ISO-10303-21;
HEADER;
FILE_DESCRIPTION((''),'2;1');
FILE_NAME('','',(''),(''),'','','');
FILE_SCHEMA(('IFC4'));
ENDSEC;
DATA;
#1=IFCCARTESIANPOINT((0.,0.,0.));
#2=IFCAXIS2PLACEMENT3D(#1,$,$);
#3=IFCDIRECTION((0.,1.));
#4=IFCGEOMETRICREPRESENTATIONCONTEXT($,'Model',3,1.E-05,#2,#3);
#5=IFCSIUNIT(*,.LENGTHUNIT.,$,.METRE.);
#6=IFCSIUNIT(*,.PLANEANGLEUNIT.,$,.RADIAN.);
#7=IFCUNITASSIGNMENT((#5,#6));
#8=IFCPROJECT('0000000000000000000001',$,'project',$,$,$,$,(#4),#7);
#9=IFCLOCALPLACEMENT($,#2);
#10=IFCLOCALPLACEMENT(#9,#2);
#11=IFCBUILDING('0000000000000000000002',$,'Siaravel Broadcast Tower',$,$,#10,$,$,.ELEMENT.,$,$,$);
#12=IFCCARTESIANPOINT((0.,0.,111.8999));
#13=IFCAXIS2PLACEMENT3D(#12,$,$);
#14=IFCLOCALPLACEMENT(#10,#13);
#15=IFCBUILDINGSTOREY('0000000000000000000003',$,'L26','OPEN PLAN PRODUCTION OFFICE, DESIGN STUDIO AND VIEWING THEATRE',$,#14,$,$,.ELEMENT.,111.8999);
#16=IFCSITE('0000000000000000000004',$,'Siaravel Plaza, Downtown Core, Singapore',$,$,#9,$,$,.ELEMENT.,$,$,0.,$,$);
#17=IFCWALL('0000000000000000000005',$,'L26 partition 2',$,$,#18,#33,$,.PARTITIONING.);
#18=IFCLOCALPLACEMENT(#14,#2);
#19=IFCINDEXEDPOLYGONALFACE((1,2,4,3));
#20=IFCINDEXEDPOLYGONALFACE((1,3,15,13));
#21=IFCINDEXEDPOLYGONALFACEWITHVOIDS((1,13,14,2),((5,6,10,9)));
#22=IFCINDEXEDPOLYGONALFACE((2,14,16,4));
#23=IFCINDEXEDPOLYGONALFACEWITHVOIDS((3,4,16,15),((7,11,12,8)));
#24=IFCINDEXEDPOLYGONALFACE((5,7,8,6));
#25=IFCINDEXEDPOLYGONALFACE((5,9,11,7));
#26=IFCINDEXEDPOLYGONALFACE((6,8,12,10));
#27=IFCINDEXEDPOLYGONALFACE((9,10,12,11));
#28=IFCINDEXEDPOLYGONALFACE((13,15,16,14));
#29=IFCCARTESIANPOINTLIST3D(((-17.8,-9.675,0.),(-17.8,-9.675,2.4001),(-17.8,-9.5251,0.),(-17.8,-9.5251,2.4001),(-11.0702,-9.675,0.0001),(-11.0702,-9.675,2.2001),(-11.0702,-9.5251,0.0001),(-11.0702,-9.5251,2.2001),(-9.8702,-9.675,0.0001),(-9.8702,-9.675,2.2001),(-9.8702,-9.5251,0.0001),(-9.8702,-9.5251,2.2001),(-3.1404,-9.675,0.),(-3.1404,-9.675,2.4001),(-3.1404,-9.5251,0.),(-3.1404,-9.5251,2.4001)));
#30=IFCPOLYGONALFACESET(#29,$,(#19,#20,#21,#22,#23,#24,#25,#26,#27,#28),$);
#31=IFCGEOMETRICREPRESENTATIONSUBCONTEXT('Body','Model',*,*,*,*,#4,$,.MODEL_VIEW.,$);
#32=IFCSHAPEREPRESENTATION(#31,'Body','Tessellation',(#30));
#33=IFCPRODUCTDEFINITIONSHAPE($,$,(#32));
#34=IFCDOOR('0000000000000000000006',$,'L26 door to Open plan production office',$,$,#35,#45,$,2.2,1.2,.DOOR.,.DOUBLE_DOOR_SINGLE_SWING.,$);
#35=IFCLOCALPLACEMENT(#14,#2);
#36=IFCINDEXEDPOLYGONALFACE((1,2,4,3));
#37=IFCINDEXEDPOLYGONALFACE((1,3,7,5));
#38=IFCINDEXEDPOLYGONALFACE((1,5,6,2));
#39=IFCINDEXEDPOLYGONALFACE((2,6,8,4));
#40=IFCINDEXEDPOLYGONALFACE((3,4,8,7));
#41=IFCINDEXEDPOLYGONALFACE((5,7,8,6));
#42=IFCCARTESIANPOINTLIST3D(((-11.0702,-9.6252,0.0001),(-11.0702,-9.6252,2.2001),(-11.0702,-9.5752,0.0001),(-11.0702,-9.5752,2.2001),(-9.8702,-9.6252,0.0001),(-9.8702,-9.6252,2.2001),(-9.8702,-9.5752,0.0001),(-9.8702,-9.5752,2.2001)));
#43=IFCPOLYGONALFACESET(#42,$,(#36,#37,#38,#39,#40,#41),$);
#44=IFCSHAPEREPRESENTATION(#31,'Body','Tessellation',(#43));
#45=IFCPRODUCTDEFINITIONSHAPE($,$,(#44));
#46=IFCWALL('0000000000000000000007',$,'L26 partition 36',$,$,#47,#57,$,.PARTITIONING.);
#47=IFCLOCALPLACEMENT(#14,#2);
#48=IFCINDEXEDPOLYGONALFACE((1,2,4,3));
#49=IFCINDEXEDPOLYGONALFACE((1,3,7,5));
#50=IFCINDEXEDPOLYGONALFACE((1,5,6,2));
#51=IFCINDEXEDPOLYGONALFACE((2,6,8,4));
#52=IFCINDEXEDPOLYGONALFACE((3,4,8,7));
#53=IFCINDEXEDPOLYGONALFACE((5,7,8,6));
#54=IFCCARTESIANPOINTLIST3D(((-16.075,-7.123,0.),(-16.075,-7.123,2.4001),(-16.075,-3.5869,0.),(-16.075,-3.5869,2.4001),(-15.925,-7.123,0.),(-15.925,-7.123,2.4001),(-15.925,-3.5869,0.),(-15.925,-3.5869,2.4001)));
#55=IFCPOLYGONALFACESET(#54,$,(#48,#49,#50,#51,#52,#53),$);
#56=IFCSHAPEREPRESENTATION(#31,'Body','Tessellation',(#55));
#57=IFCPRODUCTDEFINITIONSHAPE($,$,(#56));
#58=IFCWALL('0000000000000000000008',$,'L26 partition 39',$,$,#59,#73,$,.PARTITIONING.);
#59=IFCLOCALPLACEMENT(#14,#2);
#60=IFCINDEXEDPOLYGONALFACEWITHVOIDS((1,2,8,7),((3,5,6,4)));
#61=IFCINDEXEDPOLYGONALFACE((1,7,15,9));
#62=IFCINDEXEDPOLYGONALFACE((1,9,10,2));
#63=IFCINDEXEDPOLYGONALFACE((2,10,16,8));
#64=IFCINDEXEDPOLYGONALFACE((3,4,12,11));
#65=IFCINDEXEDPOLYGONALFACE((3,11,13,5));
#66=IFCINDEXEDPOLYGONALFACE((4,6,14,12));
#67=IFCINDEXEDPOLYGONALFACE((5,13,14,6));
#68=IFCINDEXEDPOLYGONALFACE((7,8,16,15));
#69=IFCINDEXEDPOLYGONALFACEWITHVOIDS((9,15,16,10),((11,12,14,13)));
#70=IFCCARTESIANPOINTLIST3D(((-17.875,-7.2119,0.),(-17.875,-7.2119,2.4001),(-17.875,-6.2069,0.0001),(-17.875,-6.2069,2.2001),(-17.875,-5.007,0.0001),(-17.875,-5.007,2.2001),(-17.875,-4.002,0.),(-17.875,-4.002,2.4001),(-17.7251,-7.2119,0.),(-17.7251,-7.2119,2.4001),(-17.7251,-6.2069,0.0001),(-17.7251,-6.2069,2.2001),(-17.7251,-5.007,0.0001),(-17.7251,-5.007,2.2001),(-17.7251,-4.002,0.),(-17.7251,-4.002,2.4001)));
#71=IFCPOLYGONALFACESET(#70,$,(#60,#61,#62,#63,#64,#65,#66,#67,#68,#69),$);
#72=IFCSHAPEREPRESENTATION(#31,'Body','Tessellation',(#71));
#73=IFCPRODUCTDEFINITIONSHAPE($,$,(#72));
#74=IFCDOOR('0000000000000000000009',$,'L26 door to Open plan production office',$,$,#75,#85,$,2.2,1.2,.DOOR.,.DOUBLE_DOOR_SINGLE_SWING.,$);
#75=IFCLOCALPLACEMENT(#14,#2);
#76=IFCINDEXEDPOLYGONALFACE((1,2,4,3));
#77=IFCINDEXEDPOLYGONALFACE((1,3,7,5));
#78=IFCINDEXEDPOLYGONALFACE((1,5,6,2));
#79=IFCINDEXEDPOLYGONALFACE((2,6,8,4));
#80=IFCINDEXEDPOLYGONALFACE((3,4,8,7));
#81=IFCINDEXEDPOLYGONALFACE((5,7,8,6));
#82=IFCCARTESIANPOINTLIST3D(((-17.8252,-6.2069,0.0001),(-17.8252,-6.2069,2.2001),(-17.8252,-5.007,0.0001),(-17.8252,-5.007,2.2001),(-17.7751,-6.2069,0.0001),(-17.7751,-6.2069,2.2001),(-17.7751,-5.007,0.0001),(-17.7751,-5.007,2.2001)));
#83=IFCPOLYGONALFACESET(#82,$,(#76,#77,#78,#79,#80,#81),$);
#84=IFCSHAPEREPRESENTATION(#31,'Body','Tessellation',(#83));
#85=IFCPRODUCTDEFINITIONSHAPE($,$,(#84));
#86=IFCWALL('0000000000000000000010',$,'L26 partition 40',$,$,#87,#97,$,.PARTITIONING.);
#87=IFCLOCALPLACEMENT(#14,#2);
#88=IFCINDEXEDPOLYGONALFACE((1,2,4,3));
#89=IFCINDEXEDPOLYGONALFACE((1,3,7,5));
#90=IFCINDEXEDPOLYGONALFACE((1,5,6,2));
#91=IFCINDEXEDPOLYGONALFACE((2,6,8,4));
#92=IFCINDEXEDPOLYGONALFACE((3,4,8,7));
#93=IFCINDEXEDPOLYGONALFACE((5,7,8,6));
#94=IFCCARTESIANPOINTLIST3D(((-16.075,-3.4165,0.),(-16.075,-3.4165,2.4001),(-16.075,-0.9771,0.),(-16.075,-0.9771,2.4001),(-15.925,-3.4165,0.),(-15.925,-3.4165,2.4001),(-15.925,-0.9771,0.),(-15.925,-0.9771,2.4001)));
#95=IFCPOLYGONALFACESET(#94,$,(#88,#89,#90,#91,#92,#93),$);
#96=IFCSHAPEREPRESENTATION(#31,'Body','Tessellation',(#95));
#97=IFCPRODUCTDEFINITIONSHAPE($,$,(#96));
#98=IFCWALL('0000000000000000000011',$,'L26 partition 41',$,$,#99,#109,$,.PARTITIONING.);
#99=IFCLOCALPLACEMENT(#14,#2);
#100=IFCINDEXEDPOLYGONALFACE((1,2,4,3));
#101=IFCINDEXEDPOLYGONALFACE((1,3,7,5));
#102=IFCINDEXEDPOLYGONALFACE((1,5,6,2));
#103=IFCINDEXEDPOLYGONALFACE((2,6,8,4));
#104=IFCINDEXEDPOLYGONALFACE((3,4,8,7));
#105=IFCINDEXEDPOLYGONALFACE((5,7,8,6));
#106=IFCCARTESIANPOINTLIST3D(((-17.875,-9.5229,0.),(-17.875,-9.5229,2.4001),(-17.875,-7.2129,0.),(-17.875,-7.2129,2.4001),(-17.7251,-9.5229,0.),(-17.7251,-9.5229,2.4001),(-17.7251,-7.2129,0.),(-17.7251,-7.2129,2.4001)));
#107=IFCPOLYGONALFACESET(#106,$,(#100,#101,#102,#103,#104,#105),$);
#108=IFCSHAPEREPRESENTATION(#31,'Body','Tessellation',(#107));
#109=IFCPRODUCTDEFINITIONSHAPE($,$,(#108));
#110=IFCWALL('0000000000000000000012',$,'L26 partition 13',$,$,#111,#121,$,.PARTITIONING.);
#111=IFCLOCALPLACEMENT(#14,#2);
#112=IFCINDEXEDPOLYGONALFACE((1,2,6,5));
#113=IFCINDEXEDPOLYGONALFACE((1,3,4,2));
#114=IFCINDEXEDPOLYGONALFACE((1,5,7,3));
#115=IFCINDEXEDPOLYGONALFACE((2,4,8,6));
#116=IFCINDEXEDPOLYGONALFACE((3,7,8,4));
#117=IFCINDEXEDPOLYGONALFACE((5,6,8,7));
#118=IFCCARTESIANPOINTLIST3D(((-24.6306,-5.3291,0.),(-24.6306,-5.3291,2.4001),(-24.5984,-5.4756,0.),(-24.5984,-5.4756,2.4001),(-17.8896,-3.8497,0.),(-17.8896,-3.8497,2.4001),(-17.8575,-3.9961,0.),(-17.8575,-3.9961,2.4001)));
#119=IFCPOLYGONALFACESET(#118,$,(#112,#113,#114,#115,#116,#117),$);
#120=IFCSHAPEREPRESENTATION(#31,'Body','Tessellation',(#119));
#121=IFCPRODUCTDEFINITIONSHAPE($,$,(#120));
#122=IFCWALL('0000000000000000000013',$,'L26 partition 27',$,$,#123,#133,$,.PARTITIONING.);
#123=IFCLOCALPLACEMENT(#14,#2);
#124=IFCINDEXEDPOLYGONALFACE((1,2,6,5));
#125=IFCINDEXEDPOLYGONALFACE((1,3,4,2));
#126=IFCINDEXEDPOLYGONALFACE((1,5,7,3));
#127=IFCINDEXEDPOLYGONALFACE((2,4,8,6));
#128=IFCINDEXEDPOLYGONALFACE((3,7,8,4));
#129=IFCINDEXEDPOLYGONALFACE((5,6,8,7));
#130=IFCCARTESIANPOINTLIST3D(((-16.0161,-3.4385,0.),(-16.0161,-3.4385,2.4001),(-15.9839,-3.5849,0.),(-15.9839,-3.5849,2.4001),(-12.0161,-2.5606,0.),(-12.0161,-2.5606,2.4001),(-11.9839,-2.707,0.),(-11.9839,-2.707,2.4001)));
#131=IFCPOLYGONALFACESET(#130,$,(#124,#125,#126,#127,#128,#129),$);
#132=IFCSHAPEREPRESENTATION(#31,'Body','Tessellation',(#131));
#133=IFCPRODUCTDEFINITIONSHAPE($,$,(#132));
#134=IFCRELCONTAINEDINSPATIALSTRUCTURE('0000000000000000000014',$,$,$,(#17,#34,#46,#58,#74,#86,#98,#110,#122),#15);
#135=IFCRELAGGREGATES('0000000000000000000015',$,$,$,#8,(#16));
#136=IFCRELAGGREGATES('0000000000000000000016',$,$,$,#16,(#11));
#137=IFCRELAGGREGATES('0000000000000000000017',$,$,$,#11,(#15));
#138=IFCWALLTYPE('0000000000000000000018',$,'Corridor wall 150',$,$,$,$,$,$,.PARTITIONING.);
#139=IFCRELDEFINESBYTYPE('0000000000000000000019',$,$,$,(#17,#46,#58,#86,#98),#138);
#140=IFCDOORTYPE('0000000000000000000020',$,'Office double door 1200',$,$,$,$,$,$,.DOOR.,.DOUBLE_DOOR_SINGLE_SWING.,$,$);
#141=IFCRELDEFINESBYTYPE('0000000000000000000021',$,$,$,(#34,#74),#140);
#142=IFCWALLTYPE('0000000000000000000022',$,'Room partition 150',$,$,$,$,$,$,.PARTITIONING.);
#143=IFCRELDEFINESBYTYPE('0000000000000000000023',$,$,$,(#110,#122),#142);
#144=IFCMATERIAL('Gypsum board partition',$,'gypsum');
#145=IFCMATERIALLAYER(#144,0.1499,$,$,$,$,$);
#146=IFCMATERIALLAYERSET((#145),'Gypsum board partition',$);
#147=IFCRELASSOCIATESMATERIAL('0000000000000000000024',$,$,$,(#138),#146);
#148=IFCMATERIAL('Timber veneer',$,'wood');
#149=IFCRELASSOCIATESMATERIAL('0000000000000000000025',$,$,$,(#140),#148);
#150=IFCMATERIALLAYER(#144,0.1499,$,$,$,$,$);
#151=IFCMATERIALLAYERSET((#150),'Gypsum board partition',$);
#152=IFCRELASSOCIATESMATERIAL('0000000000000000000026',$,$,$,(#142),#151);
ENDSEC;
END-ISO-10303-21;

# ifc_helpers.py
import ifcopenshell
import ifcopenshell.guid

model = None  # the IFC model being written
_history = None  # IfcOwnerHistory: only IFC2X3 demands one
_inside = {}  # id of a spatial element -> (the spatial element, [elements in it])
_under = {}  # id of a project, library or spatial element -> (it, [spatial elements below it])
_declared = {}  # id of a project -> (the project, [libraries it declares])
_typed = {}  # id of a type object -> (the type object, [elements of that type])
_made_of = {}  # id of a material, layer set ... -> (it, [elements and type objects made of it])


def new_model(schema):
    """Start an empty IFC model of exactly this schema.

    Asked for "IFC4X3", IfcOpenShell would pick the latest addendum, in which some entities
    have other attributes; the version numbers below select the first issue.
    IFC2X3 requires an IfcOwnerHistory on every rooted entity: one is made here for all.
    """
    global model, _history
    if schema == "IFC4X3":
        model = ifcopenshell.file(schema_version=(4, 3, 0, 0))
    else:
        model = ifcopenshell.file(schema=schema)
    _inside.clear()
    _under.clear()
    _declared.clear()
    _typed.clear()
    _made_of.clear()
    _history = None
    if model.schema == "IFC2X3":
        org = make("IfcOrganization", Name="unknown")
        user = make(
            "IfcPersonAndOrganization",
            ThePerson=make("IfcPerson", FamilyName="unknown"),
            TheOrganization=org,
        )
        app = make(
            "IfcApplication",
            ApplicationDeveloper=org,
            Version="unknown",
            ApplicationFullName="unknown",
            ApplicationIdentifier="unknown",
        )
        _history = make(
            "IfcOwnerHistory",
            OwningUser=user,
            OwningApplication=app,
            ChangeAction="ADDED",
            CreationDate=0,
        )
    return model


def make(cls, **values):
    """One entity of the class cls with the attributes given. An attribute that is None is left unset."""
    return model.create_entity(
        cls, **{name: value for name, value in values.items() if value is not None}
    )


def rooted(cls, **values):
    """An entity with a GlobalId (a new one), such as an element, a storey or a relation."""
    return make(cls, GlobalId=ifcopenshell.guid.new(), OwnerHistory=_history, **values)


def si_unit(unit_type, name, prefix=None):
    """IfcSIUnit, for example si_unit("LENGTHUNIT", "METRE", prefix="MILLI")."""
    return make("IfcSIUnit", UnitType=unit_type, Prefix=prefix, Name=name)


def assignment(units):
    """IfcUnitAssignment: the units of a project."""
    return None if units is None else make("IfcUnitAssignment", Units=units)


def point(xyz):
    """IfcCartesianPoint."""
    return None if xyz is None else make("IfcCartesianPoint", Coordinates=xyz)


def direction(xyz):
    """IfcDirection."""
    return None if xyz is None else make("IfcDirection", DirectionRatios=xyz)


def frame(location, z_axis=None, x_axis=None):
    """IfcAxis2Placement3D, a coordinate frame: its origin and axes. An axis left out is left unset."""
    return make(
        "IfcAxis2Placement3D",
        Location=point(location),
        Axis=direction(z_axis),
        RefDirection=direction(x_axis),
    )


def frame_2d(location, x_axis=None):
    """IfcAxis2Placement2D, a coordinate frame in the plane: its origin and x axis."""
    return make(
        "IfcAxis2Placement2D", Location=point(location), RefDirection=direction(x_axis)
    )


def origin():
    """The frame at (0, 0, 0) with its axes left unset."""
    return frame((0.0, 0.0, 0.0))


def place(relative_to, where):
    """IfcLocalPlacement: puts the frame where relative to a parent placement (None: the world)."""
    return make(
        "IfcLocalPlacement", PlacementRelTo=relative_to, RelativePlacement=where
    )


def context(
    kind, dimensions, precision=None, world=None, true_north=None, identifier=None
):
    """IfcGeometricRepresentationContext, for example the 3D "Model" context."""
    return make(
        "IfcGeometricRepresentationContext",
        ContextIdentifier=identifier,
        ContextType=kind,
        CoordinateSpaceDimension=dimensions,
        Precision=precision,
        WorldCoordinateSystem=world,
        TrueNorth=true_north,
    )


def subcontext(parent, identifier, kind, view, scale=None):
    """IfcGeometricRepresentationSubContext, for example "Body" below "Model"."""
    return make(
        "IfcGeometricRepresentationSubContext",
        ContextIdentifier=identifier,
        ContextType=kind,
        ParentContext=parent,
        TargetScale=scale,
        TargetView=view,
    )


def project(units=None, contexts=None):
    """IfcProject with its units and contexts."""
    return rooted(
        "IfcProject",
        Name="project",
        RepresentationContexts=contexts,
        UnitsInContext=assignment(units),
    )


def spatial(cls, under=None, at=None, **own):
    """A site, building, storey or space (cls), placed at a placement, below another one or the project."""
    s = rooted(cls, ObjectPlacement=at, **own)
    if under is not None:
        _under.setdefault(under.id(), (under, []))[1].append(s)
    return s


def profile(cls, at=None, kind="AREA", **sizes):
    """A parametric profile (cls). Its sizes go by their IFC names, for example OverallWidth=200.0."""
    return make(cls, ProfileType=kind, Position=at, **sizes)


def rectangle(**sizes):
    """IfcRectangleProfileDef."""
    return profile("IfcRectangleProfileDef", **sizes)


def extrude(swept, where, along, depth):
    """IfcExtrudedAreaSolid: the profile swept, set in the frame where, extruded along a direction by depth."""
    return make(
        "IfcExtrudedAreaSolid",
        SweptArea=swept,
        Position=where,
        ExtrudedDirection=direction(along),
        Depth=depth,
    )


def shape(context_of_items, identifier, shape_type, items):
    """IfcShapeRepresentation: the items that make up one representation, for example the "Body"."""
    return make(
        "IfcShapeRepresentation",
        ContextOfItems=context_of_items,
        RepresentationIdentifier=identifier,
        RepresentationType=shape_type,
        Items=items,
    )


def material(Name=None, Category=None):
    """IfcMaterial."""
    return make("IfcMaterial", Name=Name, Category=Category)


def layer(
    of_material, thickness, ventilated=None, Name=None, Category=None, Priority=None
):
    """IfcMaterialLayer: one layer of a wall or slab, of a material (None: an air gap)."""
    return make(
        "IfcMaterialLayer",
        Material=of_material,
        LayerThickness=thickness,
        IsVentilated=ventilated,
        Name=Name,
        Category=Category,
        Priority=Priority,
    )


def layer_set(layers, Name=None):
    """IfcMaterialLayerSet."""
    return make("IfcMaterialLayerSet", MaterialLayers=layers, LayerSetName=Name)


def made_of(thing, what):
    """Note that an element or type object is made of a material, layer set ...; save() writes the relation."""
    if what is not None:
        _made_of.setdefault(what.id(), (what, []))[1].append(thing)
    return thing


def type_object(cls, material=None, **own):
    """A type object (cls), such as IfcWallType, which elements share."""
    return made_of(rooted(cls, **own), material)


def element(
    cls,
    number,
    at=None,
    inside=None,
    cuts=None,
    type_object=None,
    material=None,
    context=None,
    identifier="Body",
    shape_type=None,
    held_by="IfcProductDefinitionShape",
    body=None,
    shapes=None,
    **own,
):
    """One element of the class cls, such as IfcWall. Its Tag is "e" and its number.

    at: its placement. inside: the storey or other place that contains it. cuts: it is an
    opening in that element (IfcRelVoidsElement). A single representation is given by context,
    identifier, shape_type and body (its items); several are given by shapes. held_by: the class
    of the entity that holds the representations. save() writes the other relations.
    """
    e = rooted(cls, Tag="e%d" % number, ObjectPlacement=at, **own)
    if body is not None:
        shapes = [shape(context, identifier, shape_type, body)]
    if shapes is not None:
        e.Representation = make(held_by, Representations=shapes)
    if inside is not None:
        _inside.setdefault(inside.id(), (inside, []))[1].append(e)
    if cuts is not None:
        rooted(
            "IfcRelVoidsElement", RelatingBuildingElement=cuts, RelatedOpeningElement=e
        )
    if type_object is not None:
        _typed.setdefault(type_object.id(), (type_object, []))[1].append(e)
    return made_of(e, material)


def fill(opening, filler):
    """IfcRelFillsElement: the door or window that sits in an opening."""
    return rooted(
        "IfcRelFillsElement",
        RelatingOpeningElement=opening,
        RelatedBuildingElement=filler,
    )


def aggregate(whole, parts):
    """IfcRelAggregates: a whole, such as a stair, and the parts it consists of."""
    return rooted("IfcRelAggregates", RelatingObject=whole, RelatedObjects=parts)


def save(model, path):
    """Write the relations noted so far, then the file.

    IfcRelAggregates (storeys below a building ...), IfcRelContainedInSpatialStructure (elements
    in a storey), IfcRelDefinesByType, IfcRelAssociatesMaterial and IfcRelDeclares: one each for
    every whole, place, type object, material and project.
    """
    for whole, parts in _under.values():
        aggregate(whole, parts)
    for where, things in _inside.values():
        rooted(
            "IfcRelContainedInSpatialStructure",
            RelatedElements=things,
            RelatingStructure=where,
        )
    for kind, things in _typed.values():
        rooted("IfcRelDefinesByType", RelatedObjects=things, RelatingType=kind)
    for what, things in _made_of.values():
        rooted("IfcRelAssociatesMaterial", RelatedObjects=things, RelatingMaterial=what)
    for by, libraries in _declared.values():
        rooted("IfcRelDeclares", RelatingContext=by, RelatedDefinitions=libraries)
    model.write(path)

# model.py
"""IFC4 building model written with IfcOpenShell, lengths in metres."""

from ifc_helpers import new_model, si_unit, direction, frame, frame_2d, origin, place, context, subcontext, project, spatial, rectangle, extrude, material, layer, layer_set, type_object, element, fill, save


model = new_model("IFC4")

# Units and contexts
model_context = context("Model", 3, precision=1e-05, world=origin(), true_north=direction((0.0, 1.0)))
body_context = subcontext(model_context, "Body", "Model", "MODEL_VIEW")
ifc_project = project(units=[si_unit("LENGTHUNIT", "METRE"), si_unit("PLANEANGLEUNIT", "RADIAN")], contexts=[model_context])

# Site, building, storey
site_placement = place(None, origin())
site = spatial("IfcSite", under=ifc_project, at=site_placement, Name="Siaravel Plaza, Downtown Core, Singapore", CompositionType="ELEMENT", RefElevation=0.0)
building_placement = place(site_placement, origin())
building = spatial("IfcBuilding", under=site, at=building_placement, Name="Siaravel Broadcast Tower", CompositionType="ELEMENT")
storey_placement = place(building_placement, frame((0.0, 0.0, 111.8999)))
storey = spatial("IfcBuildingStorey", under=building, at=storey_placement, Name="L26", Description="OPEN PLAN PRODUCTION OFFICE, DESIGN STUDIO AND VIEWING THEATRE", CompositionType="ELEMENT", Elevation=111.8999)

# Wall, opening, door
ifc_material_1 = material(Name="Gypsum board partition", Category="gypsum")
ifc_layer_1 = layer(ifc_material_1, 0.1499)
ifc_layer_set_1 = layer_set([ifc_layer_1], Name="Gypsum board partition")
wall_type_1 = type_object("IfcWallType", Name="Corridor wall 150", PredefinedType="PARTITIONING", material=ifc_layer_set_1)
wall_1_placement = place(storey_placement, frame((-17.8, -9.6001, 0.0), z_axis=(0.0, 0.0, 1.0), x_axis=(1.0, 0.0, 0.0)))
wall_1 = element("IfcWall", 1, at=wall_1_placement, inside=storey, type_object=wall_type_1, Name="L26 partition 2", PredefinedType="PARTITIONING", context=body_context, shape_type="SweptSolid", body=[
    extrude(rectangle(XDim=14.6597, YDim=0.1499, at=frame_2d((7.3298, 0.0))), origin(), (0.0, 0.0, 1.0), 2.4001),
])
opening_1_placement = place(wall_1_placement, frame((6.7297, 0.0, 0.0)))
opening_1 = element("IfcOpeningElement", 2, at=opening_1_placement, cuts=wall_1, PredefinedType="OPENING", context=body_context, shape_type="SweptSolid", body=[
    extrude(rectangle(XDim=1.2, YDim=2.2, at=frame_2d((0.6001, 1.1001))), frame((0.0, 0.085, 0.0), z_axis=(0.0, -1.0, 0.0), x_axis=(1.0, 0.0, 0.0)), (0.0, 0.0, 1.0), 0.1699),
])
ifc_material_2 = material(Name="Timber veneer", Category="wood")
door_type = type_object("IfcDoorType", Name="Office double door 1200", OperationType="DOUBLE_DOOR_SINGLE_SWING", PredefinedType="DOOR", material=ifc_material_2)
door_1_placement = place(opening_1_placement, origin())
door_1 = element("IfcDoor", 3, at=door_1_placement, inside=storey, type_object=door_type, Name="L26 door to Open plan production office", OperationType="DOUBLE_DOOR_SINGLE_SWING", OverallHeight=2.2, OverallWidth=1.2, PredefinedType="DOOR", context=body_context, shape_type="SweptSolid", body=[
    extrude(rectangle(XDim=1.2, YDim=2.2, at=frame_2d((0.6001, 1.1001))), frame((0.0, 0.0249, 0.0), z_axis=(0.0, -1.0, 0.0), x_axis=(1.0, 0.0, 0.0)), (0.0, 0.0, 1.0), 0.05),
])
fill(opening_1, door_1)

# Wall
wall_2_placement = place(storey_placement, frame((-16.0, -7.123, 0.0), z_axis=(0.0, 0.0, 1.0), x_axis=(0.0, 1.0, 0.0)))
element("IfcWall", 4, at=wall_2_placement, inside=storey, type_object=wall_type_1, Name="L26 partition 36", PredefinedType="PARTITIONING", context=body_context, shape_type="SweptSolid", body=[
    extrude(rectangle(XDim=3.5361, YDim=0.1499, at=frame_2d((1.7681, 0.0))), origin(), (0.0, 0.0, 1.0), 2.4001),
])

# Wall, opening, door
wall_3_placement = place(storey_placement, frame((-17.8, -4.002, 0.0), z_axis=(0.0, 0.0, 1.0), x_axis=(0.0, -1.0, 0.0)))
wall_3 = element("IfcWall", 5, at=wall_3_placement, inside=storey, type_object=wall_type_1, Name="L26 partition 39", PredefinedType="PARTITIONING", context=body_context, shape_type="SweptSolid", body=[
    extrude(rectangle(XDim=3.21, YDim=0.1499, at=frame_2d((1.605, 0.0))), origin(), (0.0, 0.0, 1.0), 2.4001),
])
opening_2_placement = place(wall_3_placement, frame((1.0049, 0.0, 0.0)))
opening_2 = element("IfcOpeningElement", 6, at=opening_2_placement, cuts=wall_3, PredefinedType="OPENING", context=body_context, shape_type="SweptSolid", body=[
    extrude(rectangle(XDim=1.2, YDim=2.2, at=frame_2d((0.6001, 1.1001))), frame((0.0, 0.085, 0.0), z_axis=(0.0, -1.0, 0.0), x_axis=(1.0, 0.0, 0.0)), (0.0, 0.0, 1.0), 0.1699),
])
door_2_placement = place(opening_2_placement, origin())
door_2 = element("IfcDoor", 7, at=door_2_placement, inside=storey, type_object=door_type, Name="L26 door to Open plan production office", OperationType="DOUBLE_DOOR_SINGLE_SWING", OverallHeight=2.2, OverallWidth=1.2, PredefinedType="DOOR", context=body_context, shape_type="SweptSolid", body=[
    extrude(rectangle(XDim=1.2, YDim=2.2, at=frame_2d((0.6001, 1.1001))), frame((0.0, 0.0249, 0.0), z_axis=(0.0, -1.0, 0.0), x_axis=(1.0, 0.0, 0.0)), (0.0, 0.0, 1.0), 0.05),
])
fill(opening_2, door_2)

# Walls
wall_4_placement = place(storey_placement, frame((-16.0, -3.4165, 0.0), z_axis=(0.0, 0.0, 1.0), x_axis=(0.0, 1.0, 0.0)))
element("IfcWall", 8, at=wall_4_placement, inside=storey, type_object=wall_type_1, Name="L26 partition 40", PredefinedType="PARTITIONING", context=body_context, shape_type="SweptSolid", body=[
    extrude(rectangle(XDim=2.4395, YDim=0.1499, at=frame_2d((1.2197, 0.0))), origin(), (0.0, 0.0, 1.0), 2.4001),
])
wall_5_placement = place(storey_placement, frame((-17.8, -7.2129, 0.0), z_axis=(0.0, 0.0, 1.0), x_axis=(0.0, -1.0, 0.0)))
element("IfcWall", 9, at=wall_5_placement, inside=storey, type_object=wall_type_1, Name="L26 partition 41", PredefinedType="PARTITIONING", context=body_context, shape_type="SweptSolid", body=[
    extrude(rectangle(XDim=2.3101, YDim=0.1499, at=frame_2d((1.155, 0.0))), origin(), (0.0, 0.0, 1.0), 2.4001),
])
ifc_layer_2 = layer(ifc_material_1, 0.1499)
ifc_layer_set_2 = layer_set([ifc_layer_2], Name="Gypsum board partition")
wall_type_2 = type_object("IfcWallType", Name="Room partition 150", PredefinedType="PARTITIONING", material=ifc_layer_set_2)
wall_6_placement = place(storey_placement, frame((-24.6145, -5.4023, 0.0), z_axis=(0.0, 0.0, 1.0), x_axis=(0.976751, 0.214375, 0.0)))
element("IfcWall", 10, at=wall_6_placement, inside=storey, type_object=wall_type_2, Name="L26 partition 13", PredefinedType="PARTITIONING", context=body_context, shape_type="SweptSolid", body=[
    extrude(rectangle(XDim=6.9014, YDim=0.1499, at=frame_2d((3.4507, 0.0))), origin(), (0.0, 0.0, 1.0), 2.4001),
])
wall_7_placement = place(storey_placement, frame((-16.0, -3.5117, 0.0), z_axis=(0.0, 0.0, 1.0), x_axis=(0.97675, 0.21438, 0.0)))
element("IfcWall", 11, at=wall_7_placement, inside=storey, type_object=wall_type_2, Name="L26 partition 27", PredefinedType="PARTITIONING", context=body_context, shape_type="SweptSolid", body=[
    extrude(rectangle(XDim=4.0952, YDim=0.1499, at=frame_2d((2.0476, 0.0))), origin(), (0.0, 0.0, 1.0), 2.4001),
])

save(model, "model.ifc")
